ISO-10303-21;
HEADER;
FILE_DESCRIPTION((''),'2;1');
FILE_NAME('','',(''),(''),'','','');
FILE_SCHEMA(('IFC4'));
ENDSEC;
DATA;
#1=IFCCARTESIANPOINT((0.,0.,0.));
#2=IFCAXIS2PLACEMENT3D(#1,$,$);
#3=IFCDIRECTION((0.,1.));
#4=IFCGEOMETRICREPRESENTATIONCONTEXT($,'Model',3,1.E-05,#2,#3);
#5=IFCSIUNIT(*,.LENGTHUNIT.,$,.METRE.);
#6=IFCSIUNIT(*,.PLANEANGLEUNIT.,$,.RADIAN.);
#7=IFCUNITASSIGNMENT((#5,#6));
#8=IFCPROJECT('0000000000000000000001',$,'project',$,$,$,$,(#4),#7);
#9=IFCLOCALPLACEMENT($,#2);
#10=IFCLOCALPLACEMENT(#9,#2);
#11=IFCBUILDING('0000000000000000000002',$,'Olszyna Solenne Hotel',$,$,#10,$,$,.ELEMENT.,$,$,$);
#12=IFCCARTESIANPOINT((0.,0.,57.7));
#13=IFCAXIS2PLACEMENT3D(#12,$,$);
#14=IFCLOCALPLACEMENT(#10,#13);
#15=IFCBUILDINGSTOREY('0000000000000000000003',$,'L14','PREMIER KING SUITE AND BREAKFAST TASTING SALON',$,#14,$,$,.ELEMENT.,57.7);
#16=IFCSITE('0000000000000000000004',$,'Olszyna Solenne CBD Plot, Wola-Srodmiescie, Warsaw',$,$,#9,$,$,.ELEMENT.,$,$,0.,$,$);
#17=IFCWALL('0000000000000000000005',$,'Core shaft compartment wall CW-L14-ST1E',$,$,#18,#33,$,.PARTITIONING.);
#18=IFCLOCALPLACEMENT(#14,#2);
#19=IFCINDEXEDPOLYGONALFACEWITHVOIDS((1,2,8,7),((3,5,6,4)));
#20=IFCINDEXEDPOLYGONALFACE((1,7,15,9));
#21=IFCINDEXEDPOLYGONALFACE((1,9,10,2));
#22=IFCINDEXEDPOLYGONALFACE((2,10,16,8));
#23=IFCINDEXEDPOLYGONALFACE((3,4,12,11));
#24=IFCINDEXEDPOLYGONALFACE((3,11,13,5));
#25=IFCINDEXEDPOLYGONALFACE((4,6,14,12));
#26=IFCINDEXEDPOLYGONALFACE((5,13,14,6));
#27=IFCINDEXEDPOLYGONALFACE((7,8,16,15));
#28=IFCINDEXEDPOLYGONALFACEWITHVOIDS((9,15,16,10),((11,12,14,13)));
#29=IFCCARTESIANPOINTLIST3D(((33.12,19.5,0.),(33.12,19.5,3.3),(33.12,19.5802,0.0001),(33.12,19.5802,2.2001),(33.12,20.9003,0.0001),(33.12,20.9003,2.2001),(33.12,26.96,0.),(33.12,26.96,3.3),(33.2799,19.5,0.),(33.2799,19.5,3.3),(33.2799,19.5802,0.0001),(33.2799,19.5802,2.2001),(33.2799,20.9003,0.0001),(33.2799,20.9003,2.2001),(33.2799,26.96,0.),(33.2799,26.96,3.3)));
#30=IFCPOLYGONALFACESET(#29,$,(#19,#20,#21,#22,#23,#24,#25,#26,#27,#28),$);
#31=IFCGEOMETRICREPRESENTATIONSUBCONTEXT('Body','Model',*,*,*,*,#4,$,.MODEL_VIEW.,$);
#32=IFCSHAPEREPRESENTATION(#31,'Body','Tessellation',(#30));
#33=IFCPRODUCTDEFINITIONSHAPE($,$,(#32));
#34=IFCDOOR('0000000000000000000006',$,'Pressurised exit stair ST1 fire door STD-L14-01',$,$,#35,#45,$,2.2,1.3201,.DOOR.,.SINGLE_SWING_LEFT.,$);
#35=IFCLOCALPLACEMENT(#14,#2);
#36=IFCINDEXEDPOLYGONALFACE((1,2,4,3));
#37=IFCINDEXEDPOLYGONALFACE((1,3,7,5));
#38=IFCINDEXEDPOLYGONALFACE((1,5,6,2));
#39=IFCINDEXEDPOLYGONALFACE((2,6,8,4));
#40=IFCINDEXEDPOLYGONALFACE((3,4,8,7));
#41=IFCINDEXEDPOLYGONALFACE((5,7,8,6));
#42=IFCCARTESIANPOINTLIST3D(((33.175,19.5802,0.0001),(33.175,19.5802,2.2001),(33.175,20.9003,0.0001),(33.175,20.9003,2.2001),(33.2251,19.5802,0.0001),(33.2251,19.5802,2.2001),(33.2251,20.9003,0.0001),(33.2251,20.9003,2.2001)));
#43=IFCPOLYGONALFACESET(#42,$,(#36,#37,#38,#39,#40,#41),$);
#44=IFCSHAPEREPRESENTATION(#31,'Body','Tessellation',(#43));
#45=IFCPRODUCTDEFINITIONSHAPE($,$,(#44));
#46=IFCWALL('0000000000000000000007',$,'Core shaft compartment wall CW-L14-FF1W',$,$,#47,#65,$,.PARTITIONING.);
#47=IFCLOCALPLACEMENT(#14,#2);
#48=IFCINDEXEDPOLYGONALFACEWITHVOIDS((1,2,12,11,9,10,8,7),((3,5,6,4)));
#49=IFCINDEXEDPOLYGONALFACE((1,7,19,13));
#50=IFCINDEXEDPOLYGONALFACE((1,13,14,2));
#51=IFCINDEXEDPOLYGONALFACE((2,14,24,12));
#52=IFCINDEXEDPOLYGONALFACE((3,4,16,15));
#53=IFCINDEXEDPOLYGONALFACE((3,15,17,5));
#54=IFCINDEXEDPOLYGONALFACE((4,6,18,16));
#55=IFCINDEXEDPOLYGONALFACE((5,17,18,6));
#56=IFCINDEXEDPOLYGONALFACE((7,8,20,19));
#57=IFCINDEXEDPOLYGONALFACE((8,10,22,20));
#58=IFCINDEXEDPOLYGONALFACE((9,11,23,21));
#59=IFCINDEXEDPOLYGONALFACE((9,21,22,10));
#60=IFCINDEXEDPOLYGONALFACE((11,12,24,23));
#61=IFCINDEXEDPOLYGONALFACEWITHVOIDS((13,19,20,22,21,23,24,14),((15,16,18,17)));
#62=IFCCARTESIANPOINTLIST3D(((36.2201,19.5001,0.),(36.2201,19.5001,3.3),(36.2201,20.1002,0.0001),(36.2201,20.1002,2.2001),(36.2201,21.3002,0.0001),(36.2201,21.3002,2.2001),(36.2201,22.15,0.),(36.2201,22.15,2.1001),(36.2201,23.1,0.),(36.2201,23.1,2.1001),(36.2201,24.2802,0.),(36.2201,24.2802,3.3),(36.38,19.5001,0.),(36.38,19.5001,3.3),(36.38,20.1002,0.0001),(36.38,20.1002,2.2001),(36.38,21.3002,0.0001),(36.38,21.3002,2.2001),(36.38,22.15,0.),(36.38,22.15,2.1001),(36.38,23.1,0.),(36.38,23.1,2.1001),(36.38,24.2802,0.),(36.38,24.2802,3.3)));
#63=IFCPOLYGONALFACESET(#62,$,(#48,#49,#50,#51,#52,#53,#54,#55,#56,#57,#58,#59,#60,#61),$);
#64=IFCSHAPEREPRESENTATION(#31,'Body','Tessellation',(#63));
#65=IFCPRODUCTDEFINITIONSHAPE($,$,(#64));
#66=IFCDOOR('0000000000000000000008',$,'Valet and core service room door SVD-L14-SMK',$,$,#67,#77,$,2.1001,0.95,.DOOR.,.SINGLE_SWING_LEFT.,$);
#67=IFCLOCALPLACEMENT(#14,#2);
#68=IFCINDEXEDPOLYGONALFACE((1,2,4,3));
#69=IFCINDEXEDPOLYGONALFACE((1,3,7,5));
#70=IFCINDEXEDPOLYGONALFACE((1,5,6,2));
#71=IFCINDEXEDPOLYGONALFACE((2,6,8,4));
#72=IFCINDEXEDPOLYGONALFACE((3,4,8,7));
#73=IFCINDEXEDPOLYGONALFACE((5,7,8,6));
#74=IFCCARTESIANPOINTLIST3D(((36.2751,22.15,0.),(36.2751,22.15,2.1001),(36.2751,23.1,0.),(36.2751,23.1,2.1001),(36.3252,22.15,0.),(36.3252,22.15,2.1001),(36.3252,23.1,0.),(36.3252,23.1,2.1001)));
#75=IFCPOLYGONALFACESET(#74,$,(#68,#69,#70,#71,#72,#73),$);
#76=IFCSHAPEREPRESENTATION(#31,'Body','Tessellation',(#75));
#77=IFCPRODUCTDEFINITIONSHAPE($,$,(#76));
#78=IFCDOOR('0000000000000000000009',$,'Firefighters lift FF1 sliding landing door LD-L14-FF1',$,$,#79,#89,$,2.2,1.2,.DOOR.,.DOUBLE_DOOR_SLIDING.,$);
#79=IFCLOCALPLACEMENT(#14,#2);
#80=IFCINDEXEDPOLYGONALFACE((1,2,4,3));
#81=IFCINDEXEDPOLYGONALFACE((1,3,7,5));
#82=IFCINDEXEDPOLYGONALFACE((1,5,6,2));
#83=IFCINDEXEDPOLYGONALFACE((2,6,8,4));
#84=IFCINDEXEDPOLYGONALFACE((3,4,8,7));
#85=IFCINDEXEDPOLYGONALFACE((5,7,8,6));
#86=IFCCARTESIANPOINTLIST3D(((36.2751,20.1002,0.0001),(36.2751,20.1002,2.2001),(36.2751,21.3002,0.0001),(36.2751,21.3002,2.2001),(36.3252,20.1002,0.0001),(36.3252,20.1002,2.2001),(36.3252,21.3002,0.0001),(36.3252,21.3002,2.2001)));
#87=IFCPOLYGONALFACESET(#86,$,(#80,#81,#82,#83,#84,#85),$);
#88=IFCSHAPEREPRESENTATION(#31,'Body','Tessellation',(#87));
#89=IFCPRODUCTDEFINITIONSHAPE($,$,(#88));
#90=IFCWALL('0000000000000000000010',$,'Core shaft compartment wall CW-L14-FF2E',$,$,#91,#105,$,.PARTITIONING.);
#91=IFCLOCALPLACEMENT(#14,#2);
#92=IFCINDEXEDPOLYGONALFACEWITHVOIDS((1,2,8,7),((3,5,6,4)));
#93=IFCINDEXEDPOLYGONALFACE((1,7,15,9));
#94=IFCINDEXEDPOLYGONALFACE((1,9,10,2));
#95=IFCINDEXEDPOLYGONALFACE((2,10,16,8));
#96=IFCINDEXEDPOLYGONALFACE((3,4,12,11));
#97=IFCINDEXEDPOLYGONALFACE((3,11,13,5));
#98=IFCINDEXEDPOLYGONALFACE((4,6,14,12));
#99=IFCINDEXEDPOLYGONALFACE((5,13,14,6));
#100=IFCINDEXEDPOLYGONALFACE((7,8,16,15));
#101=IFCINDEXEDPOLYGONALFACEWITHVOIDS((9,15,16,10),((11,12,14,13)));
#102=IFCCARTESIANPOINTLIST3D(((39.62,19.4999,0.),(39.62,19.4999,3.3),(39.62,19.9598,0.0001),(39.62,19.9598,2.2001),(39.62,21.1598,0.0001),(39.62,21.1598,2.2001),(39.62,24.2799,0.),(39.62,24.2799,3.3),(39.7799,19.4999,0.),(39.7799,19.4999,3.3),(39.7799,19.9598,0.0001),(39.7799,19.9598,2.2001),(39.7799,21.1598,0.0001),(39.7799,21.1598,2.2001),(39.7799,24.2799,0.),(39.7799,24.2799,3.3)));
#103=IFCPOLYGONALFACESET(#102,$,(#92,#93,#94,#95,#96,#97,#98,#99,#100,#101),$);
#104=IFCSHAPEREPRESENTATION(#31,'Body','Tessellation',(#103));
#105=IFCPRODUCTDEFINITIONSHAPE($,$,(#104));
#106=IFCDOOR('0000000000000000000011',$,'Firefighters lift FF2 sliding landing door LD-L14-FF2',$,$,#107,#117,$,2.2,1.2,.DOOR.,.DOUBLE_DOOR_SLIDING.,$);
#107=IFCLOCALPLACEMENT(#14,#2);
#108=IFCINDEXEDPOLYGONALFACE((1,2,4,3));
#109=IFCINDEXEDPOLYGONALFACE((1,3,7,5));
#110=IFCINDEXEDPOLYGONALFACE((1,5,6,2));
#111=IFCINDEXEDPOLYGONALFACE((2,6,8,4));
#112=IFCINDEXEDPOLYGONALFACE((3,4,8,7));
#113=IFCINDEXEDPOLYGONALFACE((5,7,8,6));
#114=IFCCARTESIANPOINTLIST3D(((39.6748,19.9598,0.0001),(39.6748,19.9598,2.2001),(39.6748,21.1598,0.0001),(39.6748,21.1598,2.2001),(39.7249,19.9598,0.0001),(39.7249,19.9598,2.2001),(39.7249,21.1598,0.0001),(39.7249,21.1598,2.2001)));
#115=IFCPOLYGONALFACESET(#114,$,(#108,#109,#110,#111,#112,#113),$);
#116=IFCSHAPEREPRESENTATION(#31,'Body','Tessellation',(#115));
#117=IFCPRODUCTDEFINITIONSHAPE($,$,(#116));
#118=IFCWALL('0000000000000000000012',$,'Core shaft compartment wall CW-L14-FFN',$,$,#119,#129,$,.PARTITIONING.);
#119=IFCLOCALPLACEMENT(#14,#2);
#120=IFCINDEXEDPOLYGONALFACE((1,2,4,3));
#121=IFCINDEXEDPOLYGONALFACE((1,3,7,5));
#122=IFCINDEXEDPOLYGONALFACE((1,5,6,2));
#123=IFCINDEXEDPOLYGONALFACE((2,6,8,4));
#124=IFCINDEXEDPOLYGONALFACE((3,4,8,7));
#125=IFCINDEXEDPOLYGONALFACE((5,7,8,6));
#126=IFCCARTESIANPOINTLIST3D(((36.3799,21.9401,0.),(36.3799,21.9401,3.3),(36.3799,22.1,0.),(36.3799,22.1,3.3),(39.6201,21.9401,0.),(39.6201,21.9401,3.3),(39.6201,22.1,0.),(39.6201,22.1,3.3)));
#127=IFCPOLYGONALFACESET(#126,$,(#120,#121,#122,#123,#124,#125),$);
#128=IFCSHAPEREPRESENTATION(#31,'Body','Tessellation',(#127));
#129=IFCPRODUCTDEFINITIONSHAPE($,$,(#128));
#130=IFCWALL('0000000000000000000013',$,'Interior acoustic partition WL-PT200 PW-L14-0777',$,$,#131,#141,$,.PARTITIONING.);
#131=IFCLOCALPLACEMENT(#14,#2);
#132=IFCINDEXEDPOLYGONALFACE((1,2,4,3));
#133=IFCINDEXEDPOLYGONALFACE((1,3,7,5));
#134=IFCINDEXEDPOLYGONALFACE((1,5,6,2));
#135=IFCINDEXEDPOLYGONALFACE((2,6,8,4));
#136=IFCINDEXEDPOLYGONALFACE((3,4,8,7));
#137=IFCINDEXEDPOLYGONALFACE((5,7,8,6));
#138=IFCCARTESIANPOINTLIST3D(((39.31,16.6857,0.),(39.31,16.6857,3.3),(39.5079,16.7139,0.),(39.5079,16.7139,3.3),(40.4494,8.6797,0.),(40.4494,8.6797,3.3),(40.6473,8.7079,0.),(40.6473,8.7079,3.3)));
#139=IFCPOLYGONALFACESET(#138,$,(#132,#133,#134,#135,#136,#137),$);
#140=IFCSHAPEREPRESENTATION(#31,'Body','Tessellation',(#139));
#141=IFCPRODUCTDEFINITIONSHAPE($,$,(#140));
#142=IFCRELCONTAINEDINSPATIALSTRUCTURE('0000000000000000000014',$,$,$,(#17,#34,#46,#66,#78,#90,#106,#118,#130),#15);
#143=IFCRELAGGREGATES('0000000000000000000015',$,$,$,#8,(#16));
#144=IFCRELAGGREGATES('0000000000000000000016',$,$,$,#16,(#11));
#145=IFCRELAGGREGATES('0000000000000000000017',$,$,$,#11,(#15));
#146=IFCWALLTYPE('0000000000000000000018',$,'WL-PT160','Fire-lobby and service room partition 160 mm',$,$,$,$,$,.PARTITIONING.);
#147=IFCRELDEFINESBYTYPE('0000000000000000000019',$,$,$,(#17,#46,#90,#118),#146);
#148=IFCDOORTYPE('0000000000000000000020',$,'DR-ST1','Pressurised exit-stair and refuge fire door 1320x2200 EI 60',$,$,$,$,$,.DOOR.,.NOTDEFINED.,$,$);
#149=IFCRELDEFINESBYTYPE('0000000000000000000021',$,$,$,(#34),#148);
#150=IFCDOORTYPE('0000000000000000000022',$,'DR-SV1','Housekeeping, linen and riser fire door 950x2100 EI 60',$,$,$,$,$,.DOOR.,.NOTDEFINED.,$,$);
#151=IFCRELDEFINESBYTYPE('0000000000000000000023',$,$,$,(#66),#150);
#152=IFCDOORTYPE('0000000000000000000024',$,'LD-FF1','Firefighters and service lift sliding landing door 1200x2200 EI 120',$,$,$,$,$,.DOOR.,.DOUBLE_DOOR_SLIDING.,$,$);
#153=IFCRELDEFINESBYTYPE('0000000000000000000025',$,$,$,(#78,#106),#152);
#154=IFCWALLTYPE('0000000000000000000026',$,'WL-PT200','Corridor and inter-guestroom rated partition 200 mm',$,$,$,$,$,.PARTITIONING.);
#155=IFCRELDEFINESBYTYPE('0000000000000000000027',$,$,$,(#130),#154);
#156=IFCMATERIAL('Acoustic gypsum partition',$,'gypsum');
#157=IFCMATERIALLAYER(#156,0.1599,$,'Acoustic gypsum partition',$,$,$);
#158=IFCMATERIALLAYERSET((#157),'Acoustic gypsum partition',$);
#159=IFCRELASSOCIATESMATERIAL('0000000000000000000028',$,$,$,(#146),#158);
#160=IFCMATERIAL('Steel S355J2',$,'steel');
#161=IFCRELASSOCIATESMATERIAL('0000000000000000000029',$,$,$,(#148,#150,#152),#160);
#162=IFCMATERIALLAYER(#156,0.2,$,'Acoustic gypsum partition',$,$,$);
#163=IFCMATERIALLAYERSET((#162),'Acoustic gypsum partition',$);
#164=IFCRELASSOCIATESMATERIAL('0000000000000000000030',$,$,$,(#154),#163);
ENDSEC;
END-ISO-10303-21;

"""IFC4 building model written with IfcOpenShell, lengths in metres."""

from ifc_helpers import new_model, si_unit, direction, frame, frame_2d, origin, place, context, subcontext, project, spatial, rectangle, extrude, source, transform, mapped, material, layer, layer_set, type_object, type_shapes, element, fill, save


model = new_model("IFC4")

# Units and contexts
model_context = context("Model", 3, precision=1e-05, world=origin(), true_north=direction((0.0, 1.0)))
body_context = subcontext(model_context, "Body", "Model", "MODEL_VIEW")
ifc_project = project(units=[si_unit("LENGTHUNIT", "METRE"), si_unit("PLANEANGLEUNIT", "RADIAN")], contexts=[model_context])

# Site, building, storey
site_placement = place(None, origin())
site = spatial("IfcSite", under=ifc_project, at=site_placement, Name="Olszyna Solenne CBD Plot, Wola-Srodmiescie, Warsaw", CompositionType="ELEMENT", RefElevation=0.0)
building_placement = place(site_placement, origin())
building = spatial("IfcBuilding", under=site, at=building_placement, Name="Olszyna Solenne Hotel", CompositionType="ELEMENT")
storey_placement = place(building_placement, frame((0.0, 0.0, 57.7)))
storey = spatial("IfcBuildingStorey", under=building, at=storey_placement, Name="L14", Description="PREMIER KING SUITE AND BREAKFAST TASTING SALON", CompositionType="ELEMENT", Elevation=57.7)

# Shared definitions
ifc_material_1 = material(Name="Steel S355J2", Category="steel")

# Shared definitions
ifc_material_2 = material(Name="Acoustic gypsum partition", Category="gypsum")

# Wall, opening, door
ifc_layer_1 = layer(ifc_material_2, 0.1599, Name="Acoustic gypsum partition")
ifc_layer_set_1 = layer_set([ifc_layer_1], Name="Acoustic gypsum partition")
wall_type_1 = type_object("IfcWallType", Name="WL-PT160", Description="Fire-lobby and service room partition 160 mm", PredefinedType="PARTITIONING", material=ifc_layer_set_1)
wall_1_placement = place(storey_placement, frame((33.2, 19.5, 0.0), z_axis=(0.0, 0.0, 1.0), x_axis=(0.0, 1.0, 0.0)))
wall_1 = element("IfcWall", 1, at=wall_1_placement, inside=storey, type_object=wall_type_1, Name="Core shaft compartment wall CW-L14-ST1E", PredefinedType="PARTITIONING", context=body_context, shape_type="SweptSolid", body=[
    extrude(rectangle(XDim=7.46, YDim=0.1599, at=frame_2d((3.73, 0.0))), origin(), (0.0, 0.0, 1.0), 3.3),
])
opening_1_placement = place(wall_1_placement, frame((0.0801, 0.0, 0.0)))
opening_1 = element("IfcOpeningElement", 2, at=opening_1_placement, cuts=wall_1, PredefinedType="OPENING", context=body_context, shape_type="SweptSolid", body=[
    extrude(rectangle(XDim=1.3201, YDim=2.2, at=frame_2d((0.6602, 1.1001))), frame((0.0, 0.0898, 0.0), z_axis=(0.0, -1.0, 0.0), x_axis=(1.0, 0.0, 0.0)), (0.0, 0.0, 1.0), 0.1799),
])
door_type_1 = type_object("IfcDoorType", Name="DR-ST1", Description="Pressurised exit-stair and refuge fire door 1320x2200 EI 60", OperationType="NOTDEFINED", PredefinedType="DOOR", material=ifc_material_1)
shared_shape_1 = source(origin(), body_context, "Body", "SweptSolid", [
    extrude(rectangle(XDim=1.3201, YDim=2.2, at=frame_2d((0.6602, 1.1001))), frame((0.0, 0.0249, 0.0), z_axis=(0.0, -1.0, 0.0), x_axis=(1.0, 0.0, 0.0)), (0.0, 0.0, 1.0), 0.05),
])
type_shapes(door_type_1, [shared_shape_1])
door_1_placement = place(opening_1_placement, origin())
door_1 = element("IfcDoor", 3, at=door_1_placement, inside=storey, type_object=door_type_1, Name="Pressurised exit stair ST1 fire door STD-L14-01", OperationType="SINGLE_SWING_LEFT", OverallHeight=2.2, OverallWidth=1.3201, PredefinedType="DOOR", context=body_context, shape_type="MappedRepresentation", body=[
    mapped(shared_shape_1, transform((0.0, 0.0, 0.0), x_axis=(1.0, 0.0, 0.0), y_axis=(0.0, 1.0, 0.0), z_axis=(0.0, 0.0, 1.0), scale=1.0)),
])
fill(opening_1, door_1)

# Wall, openings, doors
wall_2_placement = place(storey_placement, frame((36.3, 19.5, 0.0), z_axis=(0.0, 0.0, 1.0), x_axis=(0.0, 1.0, 0.0)))
wall_2 = element("IfcWall", 4, at=wall_2_placement, inside=storey, type_object=wall_type_1, Name="Core shaft compartment wall CW-L14-FF1W", PredefinedType="PARTITIONING", context=body_context, shape_type="SweptSolid", body=[
    extrude(rectangle(XDim=4.78, YDim=0.1599, at=frame_2d((2.3901, 0.0))), origin(), (0.0, 0.0, 1.0), 3.3),
])
opening_2_placement = place(wall_2_placement, frame((0.6001, 0.0, 0.0)))
opening_2 = element("IfcOpeningElement", 5, at=opening_2_placement, cuts=wall_2, PredefinedType="OPENING", context=body_context, shape_type="SweptSolid", body=[
    extrude(rectangle(XDim=1.2, YDim=2.2, at=frame_2d((0.6001, 1.1001))), frame((0.0, 0.0898, 0.0), z_axis=(0.0, -1.0, 0.0), x_axis=(1.0, 0.0, 0.0)), (0.0, 0.0, 1.0), 0.1799),
])
opening_3_placement = place(wall_2_placement, frame((2.6499, 0.0, 0.0)))
opening_3 = element("IfcOpeningElement", 6, at=opening_3_placement, cuts=wall_2, PredefinedType="OPENING", context=body_context, shape_type="SweptSolid", body=[
    extrude(rectangle(XDim=0.95, YDim=2.1001, at=frame_2d((0.4751, 1.05))), frame((0.0, 0.0898, 0.0), z_axis=(0.0, -1.0, 0.0), x_axis=(1.0, 0.0, 0.0)), (0.0, 0.0, 1.0), 0.1799),
])
door_type_2 = type_object("IfcDoorType", Name="DR-SV1", Description="Housekeeping, linen and riser fire door 950x2100 EI 60", OperationType="NOTDEFINED", PredefinedType="DOOR", material=ifc_material_1)
shared_shape_2 = source(origin(), body_context, "Body", "SweptSolid", [
    extrude(rectangle(XDim=0.95, YDim=2.1001, at=frame_2d((0.4751, 1.05))), frame((0.0, 0.0249, 0.0), z_axis=(0.0, -1.0, 0.0), x_axis=(1.0, 0.0, 0.0)), (0.0, 0.0, 1.0), 0.05),
])
type_shapes(door_type_2, [shared_shape_2])
door_2_placement = place(opening_3_placement, origin())
door_2 = element("IfcDoor", 7, at=door_2_placement, inside=storey, type_object=door_type_2, Name="Valet and core service room door SVD-L14-SMK", OperationType="SINGLE_SWING_LEFT", OverallHeight=2.1001, OverallWidth=0.95, PredefinedType="DOOR", context=body_context, shape_type="MappedRepresentation", body=[
    mapped(shared_shape_2, transform((0.0, 0.0, 0.0), x_axis=(1.0, 0.0, 0.0), y_axis=(0.0, 1.0, 0.0), z_axis=(0.0, 0.0, 1.0), scale=1.0)),
])
fill(opening_3, door_2)
door_type_3 = type_object("IfcDoorType", Name="LD-FF1", Description="Firefighters and service lift sliding landing door 1200x2200 EI 120", OperationType="DOUBLE_DOOR_SLIDING", PredefinedType="DOOR", material=ifc_material_1)
shared_shape_3 = source(origin(), body_context, "Body", "SweptSolid", [
    extrude(rectangle(XDim=1.2, YDim=2.2, at=frame_2d((0.6001, 1.1001))), frame((0.0, 0.0249, 0.0), z_axis=(0.0, -1.0, 0.0), x_axis=(1.0, 0.0, 0.0)), (0.0, 0.0, 1.0), 0.05),
])
type_shapes(door_type_3, [shared_shape_3])
door_3_placement = place(opening_2_placement, origin())
door_3 = element("IfcDoor", 8, at=door_3_placement, inside=storey, type_object=door_type_3, Name="Firefighters lift FF1 sliding landing door LD-L14-FF1", OperationType="DOUBLE_DOOR_SLIDING", OverallHeight=2.2, OverallWidth=1.2, PredefinedType="DOOR", context=body_context, shape_type="MappedRepresentation", body=[
    mapped(shared_shape_3, transform((0.0, 0.0, 0.0), x_axis=(1.0, 0.0, 0.0), y_axis=(0.0, 1.0, 0.0), z_axis=(0.0, 0.0, 1.0), scale=1.0)),
])
fill(opening_2, door_3)

# Wall, opening, door
wall_3_placement = place(storey_placement, frame((39.7, 24.28, 0.0), z_axis=(0.0, 0.0, 1.0), x_axis=(0.0, -1.0, 0.0)))
wall_3 = element("IfcWall", 9, at=wall_3_placement, inside=storey, type_object=wall_type_1, Name="Core shaft compartment wall CW-L14-FF2E", PredefinedType="PARTITIONING", context=body_context, shape_type="SweptSolid", body=[
    extrude(rectangle(XDim=4.78, YDim=0.1599, at=frame_2d((2.3901, 0.0))), origin(), (0.0, 0.0, 1.0), 3.3),
])
opening_4_placement = place(wall_3_placement, frame((3.1201, 0.0, 0.0)))
opening_4 = element("IfcOpeningElement", 10, at=opening_4_placement, cuts=wall_3, PredefinedType="OPENING", context=body_context, shape_type="SweptSolid", body=[
    extrude(rectangle(XDim=1.2, YDim=2.2, at=frame_2d((0.6001, 1.1001))), frame((0.0, 0.0898, 0.0), z_axis=(0.0, -1.0, 0.0), x_axis=(1.0, 0.0, 0.0)), (0.0, 0.0, 1.0), 0.1799),
])
door_4_placement = place(opening_4_placement, origin())
door_4 = element("IfcDoor", 11, at=door_4_placement, inside=storey, type_object=door_type_3, Name="Firefighters lift FF2 sliding landing door LD-L14-FF2", OperationType="DOUBLE_DOOR_SLIDING", OverallHeight=2.2, OverallWidth=1.2, PredefinedType="DOOR", context=body_context, shape_type="MappedRepresentation", body=[
    mapped(shared_shape_3, transform((0.0, 0.0, 0.0), x_axis=(1.0, 0.0, 0.0), y_axis=(0.0, 1.0, 0.0), z_axis=(0.0, 0.0, 1.0), scale=1.0)),
])
fill(opening_4, door_4)

# Walls
wall_4_placement = place(storey_placement, frame((36.3799, 22.02, 0.0), z_axis=(0.0, 0.0, 1.0), x_axis=(1.0, 0.0, 0.0)))
element("IfcWall", 12, at=wall_4_placement, inside=storey, type_object=wall_type_1, Name="Core shaft compartment wall CW-L14-FFN", PredefinedType="PARTITIONING", context=body_context, shape_type="SweptSolid", body=[
    extrude(rectangle(XDim=3.2402, YDim=0.1599, at=frame_2d((1.6201, 0.0))), origin(), (0.0, 0.0, 1.0), 3.3),
])
ifc_layer_2 = layer(ifc_material_2, 0.2, Name="Acoustic gypsum partition")
ifc_layer_set_2 = layer_set([ifc_layer_2], Name="Acoustic gypsum partition")
wall_type_2 = type_object("IfcWallType", Name="WL-PT200", Description="Corridor and inter-guestroom rated partition 200 mm", PredefinedType="PARTITIONING", material=ifc_layer_set_2)
wall_5_placement = place(storey_placement, frame((39.4089, 16.7, 0.0), z_axis=(0.0, 0.0, 1.0), x_axis=(0.140897, -0.990024, 0.0)))
element("IfcWall", 13, at=wall_5_placement, inside=storey, type_object=wall_type_2, Name="Interior acoustic partition WL-PT200 PW-L14-0777", PredefinedType="PARTITIONING", context=body_context, shape_type="SweptSolid", body=[
    extrude(rectangle(XDim=8.0867, YDim=0.2, at=frame_2d((4.0435, 0.0))), origin(), (0.0, 0.0, 1.0), 3.3),
])

save(model, "model.ifc")
